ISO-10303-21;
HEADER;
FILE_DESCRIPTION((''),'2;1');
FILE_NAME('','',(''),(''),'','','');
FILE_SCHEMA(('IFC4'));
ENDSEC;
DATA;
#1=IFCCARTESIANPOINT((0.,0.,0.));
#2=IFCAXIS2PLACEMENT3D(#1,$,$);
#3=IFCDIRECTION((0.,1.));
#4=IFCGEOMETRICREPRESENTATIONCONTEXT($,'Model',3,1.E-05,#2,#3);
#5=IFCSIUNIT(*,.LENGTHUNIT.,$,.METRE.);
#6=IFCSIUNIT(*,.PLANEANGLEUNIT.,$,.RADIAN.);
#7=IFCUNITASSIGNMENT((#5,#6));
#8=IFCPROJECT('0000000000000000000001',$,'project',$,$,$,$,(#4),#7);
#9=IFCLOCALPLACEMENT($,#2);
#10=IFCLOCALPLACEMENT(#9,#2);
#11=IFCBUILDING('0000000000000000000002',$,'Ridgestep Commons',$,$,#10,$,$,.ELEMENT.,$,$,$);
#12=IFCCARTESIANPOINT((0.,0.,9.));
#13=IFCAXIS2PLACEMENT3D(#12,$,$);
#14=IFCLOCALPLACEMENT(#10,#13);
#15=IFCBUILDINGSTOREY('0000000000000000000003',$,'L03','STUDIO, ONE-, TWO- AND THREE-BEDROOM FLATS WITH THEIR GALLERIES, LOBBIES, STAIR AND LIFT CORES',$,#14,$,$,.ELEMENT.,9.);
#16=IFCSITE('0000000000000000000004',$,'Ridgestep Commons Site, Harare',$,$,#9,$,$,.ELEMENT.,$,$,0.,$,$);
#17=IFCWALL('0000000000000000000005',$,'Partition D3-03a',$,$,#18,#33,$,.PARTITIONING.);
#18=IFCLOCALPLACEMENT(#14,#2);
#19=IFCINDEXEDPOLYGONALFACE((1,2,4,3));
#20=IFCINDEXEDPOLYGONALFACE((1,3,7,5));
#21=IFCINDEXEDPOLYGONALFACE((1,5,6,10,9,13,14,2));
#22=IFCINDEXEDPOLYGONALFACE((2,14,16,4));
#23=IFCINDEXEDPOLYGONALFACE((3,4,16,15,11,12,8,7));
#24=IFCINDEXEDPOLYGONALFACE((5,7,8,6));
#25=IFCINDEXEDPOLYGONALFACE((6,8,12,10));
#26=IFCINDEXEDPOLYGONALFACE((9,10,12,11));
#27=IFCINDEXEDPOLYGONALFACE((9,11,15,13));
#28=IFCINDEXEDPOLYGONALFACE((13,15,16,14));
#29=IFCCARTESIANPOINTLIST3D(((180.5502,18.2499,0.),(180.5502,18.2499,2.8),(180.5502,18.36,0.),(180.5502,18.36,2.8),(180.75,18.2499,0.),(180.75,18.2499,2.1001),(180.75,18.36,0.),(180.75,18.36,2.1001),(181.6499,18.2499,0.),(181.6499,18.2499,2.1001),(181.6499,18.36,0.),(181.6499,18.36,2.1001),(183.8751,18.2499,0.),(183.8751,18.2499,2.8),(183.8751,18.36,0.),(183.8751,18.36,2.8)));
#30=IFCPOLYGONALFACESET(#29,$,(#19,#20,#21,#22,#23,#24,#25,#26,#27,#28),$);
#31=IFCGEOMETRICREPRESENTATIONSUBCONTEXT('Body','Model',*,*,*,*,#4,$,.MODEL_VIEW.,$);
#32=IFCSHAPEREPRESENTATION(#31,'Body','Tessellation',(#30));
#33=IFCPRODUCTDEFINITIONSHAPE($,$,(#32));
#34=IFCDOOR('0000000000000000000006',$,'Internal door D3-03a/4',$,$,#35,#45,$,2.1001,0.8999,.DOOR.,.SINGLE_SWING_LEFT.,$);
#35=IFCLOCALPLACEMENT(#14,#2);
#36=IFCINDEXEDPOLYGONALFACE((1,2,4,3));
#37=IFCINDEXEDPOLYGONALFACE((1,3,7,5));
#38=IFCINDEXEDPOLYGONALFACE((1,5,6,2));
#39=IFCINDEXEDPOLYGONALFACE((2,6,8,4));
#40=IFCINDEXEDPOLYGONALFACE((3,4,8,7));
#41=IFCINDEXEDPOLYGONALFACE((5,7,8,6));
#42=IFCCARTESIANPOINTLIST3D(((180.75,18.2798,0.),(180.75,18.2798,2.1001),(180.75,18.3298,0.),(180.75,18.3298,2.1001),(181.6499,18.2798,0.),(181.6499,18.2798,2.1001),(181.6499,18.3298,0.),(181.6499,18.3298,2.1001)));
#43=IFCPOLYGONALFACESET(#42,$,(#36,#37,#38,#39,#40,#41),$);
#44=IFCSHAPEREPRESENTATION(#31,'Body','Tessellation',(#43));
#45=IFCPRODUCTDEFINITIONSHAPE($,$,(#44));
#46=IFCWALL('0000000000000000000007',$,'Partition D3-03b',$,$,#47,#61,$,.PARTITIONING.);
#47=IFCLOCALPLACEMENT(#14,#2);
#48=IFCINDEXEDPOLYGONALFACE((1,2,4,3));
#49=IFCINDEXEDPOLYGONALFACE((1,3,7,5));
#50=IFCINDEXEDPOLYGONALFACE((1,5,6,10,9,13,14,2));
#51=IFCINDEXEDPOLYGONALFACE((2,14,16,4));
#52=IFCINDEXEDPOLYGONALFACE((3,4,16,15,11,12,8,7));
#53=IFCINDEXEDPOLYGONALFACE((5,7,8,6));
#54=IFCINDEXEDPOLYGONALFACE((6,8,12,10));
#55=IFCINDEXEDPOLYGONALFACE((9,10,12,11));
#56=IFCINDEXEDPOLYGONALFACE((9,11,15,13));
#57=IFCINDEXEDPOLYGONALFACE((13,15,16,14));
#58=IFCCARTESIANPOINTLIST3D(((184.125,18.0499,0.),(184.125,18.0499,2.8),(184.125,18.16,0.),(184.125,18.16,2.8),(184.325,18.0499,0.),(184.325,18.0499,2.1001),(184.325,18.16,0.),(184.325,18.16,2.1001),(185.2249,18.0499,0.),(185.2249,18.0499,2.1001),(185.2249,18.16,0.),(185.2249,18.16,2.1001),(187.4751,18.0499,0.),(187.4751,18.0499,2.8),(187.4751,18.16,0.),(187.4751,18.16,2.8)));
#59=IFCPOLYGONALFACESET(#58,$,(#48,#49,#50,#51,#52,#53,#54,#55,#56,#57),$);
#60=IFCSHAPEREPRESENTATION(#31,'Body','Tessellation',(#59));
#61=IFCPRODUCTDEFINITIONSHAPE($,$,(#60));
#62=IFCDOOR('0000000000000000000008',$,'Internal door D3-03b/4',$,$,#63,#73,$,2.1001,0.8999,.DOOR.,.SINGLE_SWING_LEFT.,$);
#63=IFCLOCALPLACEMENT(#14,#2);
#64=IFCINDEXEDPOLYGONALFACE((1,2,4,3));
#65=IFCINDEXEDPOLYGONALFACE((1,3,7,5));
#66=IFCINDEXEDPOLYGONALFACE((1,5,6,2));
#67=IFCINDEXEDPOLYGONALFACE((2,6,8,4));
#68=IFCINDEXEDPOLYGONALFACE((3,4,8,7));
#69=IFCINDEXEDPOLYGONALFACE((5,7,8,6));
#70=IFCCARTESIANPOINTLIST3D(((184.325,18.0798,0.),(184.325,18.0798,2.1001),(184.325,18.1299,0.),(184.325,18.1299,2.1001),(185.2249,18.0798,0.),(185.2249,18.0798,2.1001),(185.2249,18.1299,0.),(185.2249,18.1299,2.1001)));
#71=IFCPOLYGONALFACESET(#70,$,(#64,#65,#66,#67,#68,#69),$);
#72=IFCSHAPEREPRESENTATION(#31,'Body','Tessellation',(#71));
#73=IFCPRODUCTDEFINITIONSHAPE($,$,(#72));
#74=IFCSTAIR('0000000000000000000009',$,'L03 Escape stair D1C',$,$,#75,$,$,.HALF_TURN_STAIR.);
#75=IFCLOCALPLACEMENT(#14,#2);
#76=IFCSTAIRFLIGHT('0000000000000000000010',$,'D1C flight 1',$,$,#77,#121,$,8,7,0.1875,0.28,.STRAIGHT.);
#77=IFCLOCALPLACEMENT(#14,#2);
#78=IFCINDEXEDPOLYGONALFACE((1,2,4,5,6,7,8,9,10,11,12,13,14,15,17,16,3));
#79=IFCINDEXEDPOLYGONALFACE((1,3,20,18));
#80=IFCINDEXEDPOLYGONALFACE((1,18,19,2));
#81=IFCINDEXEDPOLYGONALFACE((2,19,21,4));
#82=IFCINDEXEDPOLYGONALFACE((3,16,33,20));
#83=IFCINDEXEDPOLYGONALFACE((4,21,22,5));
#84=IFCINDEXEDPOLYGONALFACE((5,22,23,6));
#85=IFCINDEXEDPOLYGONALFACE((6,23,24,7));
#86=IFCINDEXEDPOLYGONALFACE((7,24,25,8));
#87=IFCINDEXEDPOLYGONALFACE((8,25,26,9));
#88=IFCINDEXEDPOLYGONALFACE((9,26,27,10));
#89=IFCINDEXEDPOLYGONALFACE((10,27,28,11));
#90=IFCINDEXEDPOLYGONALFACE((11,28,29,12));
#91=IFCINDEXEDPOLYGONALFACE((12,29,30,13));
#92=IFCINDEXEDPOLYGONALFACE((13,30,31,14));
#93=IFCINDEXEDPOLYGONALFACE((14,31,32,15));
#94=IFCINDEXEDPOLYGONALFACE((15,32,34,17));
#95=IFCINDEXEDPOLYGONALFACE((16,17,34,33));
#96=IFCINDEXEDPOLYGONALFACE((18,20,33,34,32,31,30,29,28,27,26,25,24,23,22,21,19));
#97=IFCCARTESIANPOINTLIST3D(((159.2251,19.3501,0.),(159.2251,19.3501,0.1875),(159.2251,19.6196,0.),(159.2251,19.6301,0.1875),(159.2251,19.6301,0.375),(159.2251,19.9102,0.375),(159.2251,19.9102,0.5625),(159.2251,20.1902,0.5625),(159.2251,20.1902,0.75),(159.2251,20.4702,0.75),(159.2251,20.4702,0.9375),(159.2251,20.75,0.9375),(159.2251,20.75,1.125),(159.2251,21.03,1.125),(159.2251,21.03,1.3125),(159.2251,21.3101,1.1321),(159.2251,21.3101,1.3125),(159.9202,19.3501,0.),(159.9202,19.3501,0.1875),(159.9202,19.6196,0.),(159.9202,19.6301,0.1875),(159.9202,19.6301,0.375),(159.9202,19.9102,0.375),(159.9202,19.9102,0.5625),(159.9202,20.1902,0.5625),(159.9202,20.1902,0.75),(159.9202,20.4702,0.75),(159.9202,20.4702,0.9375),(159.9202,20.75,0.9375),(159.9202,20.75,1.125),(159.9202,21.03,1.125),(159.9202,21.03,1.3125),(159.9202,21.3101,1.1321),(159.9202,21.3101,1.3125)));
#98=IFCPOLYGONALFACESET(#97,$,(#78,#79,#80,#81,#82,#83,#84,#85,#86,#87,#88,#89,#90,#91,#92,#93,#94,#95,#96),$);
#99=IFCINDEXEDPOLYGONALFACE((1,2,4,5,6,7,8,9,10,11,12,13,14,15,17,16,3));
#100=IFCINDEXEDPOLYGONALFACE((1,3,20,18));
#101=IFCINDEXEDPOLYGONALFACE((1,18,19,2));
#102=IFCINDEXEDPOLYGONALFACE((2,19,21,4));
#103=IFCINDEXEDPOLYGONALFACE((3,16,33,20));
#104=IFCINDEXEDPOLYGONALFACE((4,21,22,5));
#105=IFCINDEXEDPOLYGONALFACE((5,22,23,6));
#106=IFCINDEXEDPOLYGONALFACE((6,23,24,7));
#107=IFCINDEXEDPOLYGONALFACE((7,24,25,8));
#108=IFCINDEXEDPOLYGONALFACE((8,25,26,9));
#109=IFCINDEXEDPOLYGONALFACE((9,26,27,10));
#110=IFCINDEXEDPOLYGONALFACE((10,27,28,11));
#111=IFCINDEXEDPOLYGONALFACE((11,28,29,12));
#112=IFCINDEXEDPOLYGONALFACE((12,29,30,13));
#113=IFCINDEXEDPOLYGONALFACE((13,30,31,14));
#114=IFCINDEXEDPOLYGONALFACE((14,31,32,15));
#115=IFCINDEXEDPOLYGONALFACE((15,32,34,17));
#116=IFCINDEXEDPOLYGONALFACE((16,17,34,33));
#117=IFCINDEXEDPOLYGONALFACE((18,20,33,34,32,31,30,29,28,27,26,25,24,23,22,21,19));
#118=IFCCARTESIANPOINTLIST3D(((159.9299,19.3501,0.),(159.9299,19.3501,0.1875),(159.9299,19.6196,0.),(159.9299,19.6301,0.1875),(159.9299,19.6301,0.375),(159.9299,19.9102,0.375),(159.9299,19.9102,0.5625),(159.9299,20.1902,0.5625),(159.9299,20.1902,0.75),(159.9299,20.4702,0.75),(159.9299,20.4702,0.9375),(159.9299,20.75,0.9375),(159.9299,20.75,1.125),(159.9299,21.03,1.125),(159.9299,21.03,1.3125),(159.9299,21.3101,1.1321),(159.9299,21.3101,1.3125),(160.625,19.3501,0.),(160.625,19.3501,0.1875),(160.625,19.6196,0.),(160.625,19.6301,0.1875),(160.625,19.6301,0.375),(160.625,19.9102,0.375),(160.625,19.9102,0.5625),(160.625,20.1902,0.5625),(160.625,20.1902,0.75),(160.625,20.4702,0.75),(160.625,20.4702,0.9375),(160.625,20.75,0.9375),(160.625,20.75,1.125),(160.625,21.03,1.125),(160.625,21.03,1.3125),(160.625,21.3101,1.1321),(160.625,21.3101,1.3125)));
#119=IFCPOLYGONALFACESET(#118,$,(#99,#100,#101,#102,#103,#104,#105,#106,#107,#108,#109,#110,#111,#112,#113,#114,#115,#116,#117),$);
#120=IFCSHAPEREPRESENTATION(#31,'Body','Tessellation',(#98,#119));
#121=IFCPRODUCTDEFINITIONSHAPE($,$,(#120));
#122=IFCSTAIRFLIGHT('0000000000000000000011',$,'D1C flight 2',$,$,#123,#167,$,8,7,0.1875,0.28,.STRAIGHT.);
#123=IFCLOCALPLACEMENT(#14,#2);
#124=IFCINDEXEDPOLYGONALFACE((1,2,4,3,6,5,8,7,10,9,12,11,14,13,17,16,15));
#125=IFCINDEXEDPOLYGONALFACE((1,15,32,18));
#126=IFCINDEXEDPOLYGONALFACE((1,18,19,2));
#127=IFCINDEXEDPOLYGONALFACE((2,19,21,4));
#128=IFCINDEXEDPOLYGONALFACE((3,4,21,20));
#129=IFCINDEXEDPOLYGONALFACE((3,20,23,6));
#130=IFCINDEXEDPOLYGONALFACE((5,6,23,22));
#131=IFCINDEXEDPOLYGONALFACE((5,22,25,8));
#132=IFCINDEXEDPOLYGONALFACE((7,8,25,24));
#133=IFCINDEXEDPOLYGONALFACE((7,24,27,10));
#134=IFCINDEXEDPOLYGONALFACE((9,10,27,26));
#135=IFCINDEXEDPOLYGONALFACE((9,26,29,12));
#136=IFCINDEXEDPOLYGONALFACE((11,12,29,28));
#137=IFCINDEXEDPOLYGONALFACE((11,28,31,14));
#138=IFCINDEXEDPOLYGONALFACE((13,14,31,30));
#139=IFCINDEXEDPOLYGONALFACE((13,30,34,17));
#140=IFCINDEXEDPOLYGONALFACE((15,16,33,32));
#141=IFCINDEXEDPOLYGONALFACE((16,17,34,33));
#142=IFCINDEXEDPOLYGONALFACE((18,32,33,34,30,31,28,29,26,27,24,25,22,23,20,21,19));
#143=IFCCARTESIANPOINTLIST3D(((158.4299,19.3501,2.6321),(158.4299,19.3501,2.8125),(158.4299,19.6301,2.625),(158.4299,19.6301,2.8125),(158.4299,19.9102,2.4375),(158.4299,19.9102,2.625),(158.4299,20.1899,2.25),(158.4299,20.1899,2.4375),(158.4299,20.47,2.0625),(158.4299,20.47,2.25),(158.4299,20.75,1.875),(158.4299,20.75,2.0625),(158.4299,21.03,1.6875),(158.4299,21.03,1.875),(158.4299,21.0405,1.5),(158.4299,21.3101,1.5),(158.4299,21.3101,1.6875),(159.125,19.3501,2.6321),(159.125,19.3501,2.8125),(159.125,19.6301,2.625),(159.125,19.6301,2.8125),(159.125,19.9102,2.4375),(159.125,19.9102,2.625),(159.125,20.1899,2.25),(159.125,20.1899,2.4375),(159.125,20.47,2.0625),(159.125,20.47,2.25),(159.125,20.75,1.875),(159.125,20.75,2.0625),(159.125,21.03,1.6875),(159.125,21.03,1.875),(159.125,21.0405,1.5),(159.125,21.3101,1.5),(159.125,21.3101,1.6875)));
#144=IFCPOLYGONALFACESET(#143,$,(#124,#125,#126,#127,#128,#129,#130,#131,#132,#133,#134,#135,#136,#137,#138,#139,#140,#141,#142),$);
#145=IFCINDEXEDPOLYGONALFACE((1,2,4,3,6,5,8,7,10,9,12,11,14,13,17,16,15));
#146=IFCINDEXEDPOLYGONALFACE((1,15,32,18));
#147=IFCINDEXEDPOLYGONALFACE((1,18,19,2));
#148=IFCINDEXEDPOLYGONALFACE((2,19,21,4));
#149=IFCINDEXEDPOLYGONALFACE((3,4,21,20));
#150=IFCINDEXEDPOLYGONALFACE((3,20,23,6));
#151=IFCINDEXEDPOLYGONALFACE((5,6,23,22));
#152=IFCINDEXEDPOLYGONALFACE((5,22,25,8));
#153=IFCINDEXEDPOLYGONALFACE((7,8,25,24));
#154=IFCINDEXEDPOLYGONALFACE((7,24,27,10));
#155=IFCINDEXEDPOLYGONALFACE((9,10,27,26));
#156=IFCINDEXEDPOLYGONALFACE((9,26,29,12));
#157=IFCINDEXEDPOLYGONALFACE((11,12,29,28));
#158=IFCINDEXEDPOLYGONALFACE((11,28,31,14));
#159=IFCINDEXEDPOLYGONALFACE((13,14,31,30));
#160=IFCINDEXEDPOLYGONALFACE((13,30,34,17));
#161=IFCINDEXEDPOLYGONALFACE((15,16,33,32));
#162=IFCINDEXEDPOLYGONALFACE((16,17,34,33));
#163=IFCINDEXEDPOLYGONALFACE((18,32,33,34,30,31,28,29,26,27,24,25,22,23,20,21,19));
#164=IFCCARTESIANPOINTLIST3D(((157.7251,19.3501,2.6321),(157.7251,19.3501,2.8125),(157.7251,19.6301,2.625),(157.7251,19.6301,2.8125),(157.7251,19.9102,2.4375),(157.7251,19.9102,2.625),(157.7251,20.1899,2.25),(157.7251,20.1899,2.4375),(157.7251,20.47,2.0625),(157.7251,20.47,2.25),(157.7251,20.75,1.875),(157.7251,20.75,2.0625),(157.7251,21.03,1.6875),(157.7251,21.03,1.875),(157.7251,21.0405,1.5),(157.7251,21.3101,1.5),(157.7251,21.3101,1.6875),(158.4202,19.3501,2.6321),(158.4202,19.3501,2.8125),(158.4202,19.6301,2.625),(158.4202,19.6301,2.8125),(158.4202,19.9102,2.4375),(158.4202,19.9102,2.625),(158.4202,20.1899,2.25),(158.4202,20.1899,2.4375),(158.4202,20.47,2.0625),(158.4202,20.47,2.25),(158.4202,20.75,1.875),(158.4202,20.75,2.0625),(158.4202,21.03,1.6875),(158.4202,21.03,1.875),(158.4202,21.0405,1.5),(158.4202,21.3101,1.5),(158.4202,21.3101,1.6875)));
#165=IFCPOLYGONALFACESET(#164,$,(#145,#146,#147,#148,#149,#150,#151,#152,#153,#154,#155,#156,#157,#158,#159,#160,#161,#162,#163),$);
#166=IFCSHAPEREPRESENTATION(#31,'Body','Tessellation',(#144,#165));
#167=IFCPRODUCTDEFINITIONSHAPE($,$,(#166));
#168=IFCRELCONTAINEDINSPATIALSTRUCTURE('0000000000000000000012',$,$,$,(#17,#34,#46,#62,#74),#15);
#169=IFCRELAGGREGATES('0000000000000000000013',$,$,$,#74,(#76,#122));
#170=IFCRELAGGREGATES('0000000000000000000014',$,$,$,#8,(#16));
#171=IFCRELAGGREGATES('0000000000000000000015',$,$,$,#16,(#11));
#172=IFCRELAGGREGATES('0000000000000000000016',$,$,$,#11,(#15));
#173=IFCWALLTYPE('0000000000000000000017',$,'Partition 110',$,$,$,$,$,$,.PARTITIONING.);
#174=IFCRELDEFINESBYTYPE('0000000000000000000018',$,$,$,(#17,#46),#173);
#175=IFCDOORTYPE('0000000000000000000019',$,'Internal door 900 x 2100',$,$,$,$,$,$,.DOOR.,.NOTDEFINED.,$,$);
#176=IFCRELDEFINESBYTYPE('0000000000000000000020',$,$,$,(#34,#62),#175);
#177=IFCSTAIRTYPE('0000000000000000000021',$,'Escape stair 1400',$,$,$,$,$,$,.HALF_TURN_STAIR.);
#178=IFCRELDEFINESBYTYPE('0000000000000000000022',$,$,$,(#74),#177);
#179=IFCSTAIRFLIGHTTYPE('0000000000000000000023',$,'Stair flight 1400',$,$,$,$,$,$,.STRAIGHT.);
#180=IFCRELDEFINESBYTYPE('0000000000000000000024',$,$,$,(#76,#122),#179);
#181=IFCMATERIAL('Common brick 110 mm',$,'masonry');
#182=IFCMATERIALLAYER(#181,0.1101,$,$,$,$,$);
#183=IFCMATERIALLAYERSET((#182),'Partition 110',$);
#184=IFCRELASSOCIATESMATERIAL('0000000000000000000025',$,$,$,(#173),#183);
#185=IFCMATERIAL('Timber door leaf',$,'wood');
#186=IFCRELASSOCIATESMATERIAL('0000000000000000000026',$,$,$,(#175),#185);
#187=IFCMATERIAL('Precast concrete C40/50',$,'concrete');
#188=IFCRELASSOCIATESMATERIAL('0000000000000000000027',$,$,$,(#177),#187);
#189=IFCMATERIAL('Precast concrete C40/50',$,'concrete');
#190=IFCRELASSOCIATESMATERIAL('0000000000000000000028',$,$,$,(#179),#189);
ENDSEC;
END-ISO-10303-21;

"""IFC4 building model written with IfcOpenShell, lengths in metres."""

from ifc_helpers import new_model, si_unit, direction, frame, frame_2d, origin, place, context, subcontext, project, spatial, polyline, rectangle, outline, extrude, material, layer, layer_set, type_object, element, fill, aggregate, save


model = new_model("IFC4")

# Units and contexts
model_context = context("Model", 3, precision=1e-05, world=origin(), true_north=direction((0.0, 1.0)))
body_context = subcontext(model_context, "Body", "Model", "MODEL_VIEW")
ifc_project = project(units=[si_unit("LENGTHUNIT", "METRE"), si_unit("PLANEANGLEUNIT", "RADIAN")], contexts=[model_context])

# Site, building, storey
site_placement = place(None, origin())
site = spatial("IfcSite", under=ifc_project, at=site_placement, Name="Ridgestep Commons Site, Harare", CompositionType="ELEMENT", RefElevation=0.0)
building_placement = place(site_placement, origin())
building = spatial("IfcBuilding", under=site, at=building_placement, Name="Ridgestep Commons", CompositionType="ELEMENT")
storey_placement = place(building_placement, frame((0.0, 0.0, 9.0)))
storey = spatial("IfcBuildingStorey", under=building, at=storey_placement, Name="L03", Description="STUDIO, ONE-, TWO- AND THREE-BEDROOM FLATS WITH THEIR GALLERIES, LOBBIES, STAIR AND LIFT CORES", CompositionType="ELEMENT", Elevation=9.0)

# Shared definitions
ifc_material_1 = material(Name="Common brick 110 mm", Category="masonry")
ifc_layer_1 = layer(ifc_material_1, 0.1101)
ifc_layer_set_1 = layer_set([ifc_layer_1], Name="Partition 110")
wall_type_1 = type_object("IfcWallType", Name="Partition 110", PredefinedType="PARTITIONING", material=ifc_layer_set_1)
ifc_material_2 = material(Name="Timber door leaf", Category="wood")
door_type = type_object("IfcDoorType", Name="Internal door 900 x 2100", OperationType="NOTDEFINED", PredefinedType="DOOR", material=ifc_material_2)

# Walls, openings, doors
wall_1_placement = place(storey_placement, frame((180.55, 18.3049, 0.0), z_axis=(0.0, 0.0, 1.0), x_axis=(1.0, 0.0, 0.0)))
wall_1 = element("IfcWall", 1, at=wall_1_placement, inside=storey, type_object=wall_type_1, Name="Partition D3-03a", PredefinedType="PARTITIONING", context=body_context, shape_type="SweptSolid", body=[
    extrude(rectangle(XDim=3.325, YDim=0.1101, at=frame_2d((1.6626, 0.0))), origin(), (0.0, 0.0, 1.0), 2.8),
])
opening_1_placement = place(wall_1_placement, frame((0.2, 0.0, 0.0)))
opening_1 = element("IfcOpeningElement", 2, at=opening_1_placement, cuts=wall_1, PredefinedType="OPENING", context=body_context, shape_type="SweptSolid", body=[
    extrude(rectangle(XDim=0.8999, YDim=2.1001, at=frame_2d((0.45, 1.05))), frame((0.0, 0.0649, 0.0), z_axis=(0.0, -1.0, 0.0), x_axis=(1.0, 0.0, 0.0)), (0.0, 0.0, 1.0), 0.1301),
])
door_1_placement = place(opening_1_placement, origin())
door_1 = element("IfcDoor", 3, at=door_1_placement, inside=storey, type_object=door_type, Name="Internal door D3-03a/4", OperationType="SINGLE_SWING_LEFT", OverallHeight=2.1001, OverallWidth=0.8999, PredefinedType="DOOR", context=body_context, shape_type="SweptSolid", body=[
    extrude(rectangle(XDim=0.8999, YDim=2.1001, at=frame_2d((0.45, 1.05))), frame((0.0, 0.0249, 0.0), z_axis=(0.0, -1.0, 0.0), x_axis=(1.0, 0.0, 0.0)), (0.0, 0.0, 1.0), 0.05),
])
fill(opening_1, door_1)
wall_2_placement = place(storey_placement, frame((184.125, 18.105, 0.0), z_axis=(0.0, 0.0, 1.0), x_axis=(1.0, 0.0, 0.0)))
wall_2 = element("IfcWall", 4, at=wall_2_placement, inside=storey, type_object=wall_type_1, Name="Partition D3-03b", PredefinedType="PARTITIONING", context=body_context, shape_type="SweptSolid", body=[
    extrude(rectangle(XDim=3.3501, YDim=0.1101, at=frame_2d((1.675, 0.0))), origin(), (0.0, 0.0, 1.0), 2.8),
])
opening_2_placement = place(wall_2_placement, frame((0.2, 0.0, 0.0)))
opening_2 = element("IfcOpeningElement", 5, at=opening_2_placement, cuts=wall_2, PredefinedType="OPENING", context=body_context, shape_type="SweptSolid", body=[
    extrude(rectangle(XDim=0.8999, YDim=2.1001, at=frame_2d((0.45, 1.05))), frame((0.0, 0.0649, 0.0), z_axis=(0.0, -1.0, 0.0), x_axis=(1.0, 0.0, 0.0)), (0.0, 0.0, 1.0), 0.1301),
])
door_2_placement = place(opening_2_placement, origin())
door_2 = element("IfcDoor", 6, at=door_2_placement, inside=storey, type_object=door_type, Name="Internal door D3-03b/4", OperationType="SINGLE_SWING_LEFT", OverallHeight=2.1001, OverallWidth=0.8999, PredefinedType="DOOR", context=body_context, shape_type="SweptSolid", body=[
    extrude(rectangle(XDim=0.8999, YDim=2.1001, at=frame_2d((0.45, 1.05))), frame((0.0, 0.0249, 0.0), z_axis=(0.0, -1.0, 0.0), x_axis=(1.0, 0.0, 0.0)), (0.0, 0.0, 1.0), 0.05),
])
fill(opening_2, door_2)

# Stair, stair flights
ifc_material_3 = material(Name="Precast concrete C40/50", Category="concrete")
stair_type = type_object("IfcStairType", Name="Escape stair 1400", PredefinedType="HALF_TURN_STAIR", material=ifc_material_3)
stair_1_placement = place(storey_placement, origin())
stair_1 = element("IfcStair", 7, at=stair_1_placement, inside=storey, type_object=stair_type, Name="L03 Escape stair D1C", PredefinedType="HALF_TURN_STAIR")
ifc_material_4 = material(Name="Precast concrete C40/50", Category="concrete")
stair_flight_type = type_object("IfcStairFlightType", Name="Stair flight 1400", PredefinedType="STRAIGHT", material=ifc_material_4)
stair_flight_1_placement = place(storey_placement, frame((159.925, 19.3501, 0.0), z_axis=(0.0, 0.0, 1.0), x_axis=(0.0, 1.0, 0.0)))
stair_flight_1 = element("IfcStairFlight", 8, at=stair_flight_1_placement, type_object=stair_flight_type, Name="D1C flight 1", NumberOfRisers=8, NumberOfTreads=7, PredefinedType="STRAIGHT", RiserHeight=0.1875, TreadLength=0.28, context=body_context, shape_type="SweptSolid", body=[
    extrude(outline(polyline([(0.0, 0.0), (0.0, 0.1875), (0.28, 0.1875), (0.28, 0.375), (0.5601, 0.375), (0.5601, 0.5625), (0.8401, 0.5625), (0.8401, 0.75), (1.1201, 0.75), (1.1201, 0.9375), (1.3999, 0.9375), (1.3999, 1.125), (1.6799, 1.125), (1.6799, 1.3125), (1.96, 1.3125), (1.96, 1.5), (1.96, 1.1321), (0.2695, 0.0), (0.0, 0.0)])), frame((0.0, 0.7, 0.0), z_axis=(0.0, -1.0, 0.0), x_axis=(1.0, 0.0, 0.0)), (0.0, 0.0, 1.0), 0.6951),
    extrude(outline(polyline([(0.0, 0.0), (0.0, 0.1875), (0.28, 0.1875), (0.28, 0.375), (0.5601, 0.375), (0.5601, 0.5625), (0.8401, 0.5625), (0.8401, 0.75), (1.1201, 0.75), (1.1201, 0.9375), (1.3999, 0.9375), (1.3999, 1.125), (1.6799, 1.125), (1.6799, 1.3125), (1.96, 1.3125), (1.96, 1.5), (1.96, 1.1321), (0.2695, 0.0), (0.0, 0.0)])), frame((0.0, -0.0049, 0.0), z_axis=(0.0, -1.0, 0.0), x_axis=(1.0, 0.0, 0.0)), (0.0, 0.0, 1.0), 0.6951),
])
stair_flight_2_placement = place(storey_placement, frame((158.425, 21.3101, 1.5), z_axis=(0.0, 0.0, 1.0), x_axis=(0.0, -1.0, 0.0)))
stair_flight_2 = element("IfcStairFlight", 9, at=stair_flight_2_placement, type_object=stair_flight_type, Name="D1C flight 2", NumberOfRisers=8, NumberOfTreads=7, PredefinedType="STRAIGHT", RiserHeight=0.1875, TreadLength=0.28, context=body_context, shape_type="SweptSolid", body=[
    extrude(outline(polyline([(0.0, 0.0), (0.0, 0.1875), (0.28, 0.1875), (0.28, 0.375), (0.5601, 0.375), (0.5601, 0.5625), (0.8401, 0.5625), (0.8401, 0.75), (1.1201, 0.75), (1.1201, 0.9375), (1.3999, 0.9375), (1.3999, 1.125), (1.6799, 1.125), (1.6799, 1.3125), (1.96, 1.3125), (1.96, 1.5), (1.96, 1.1321), (0.2695, 0.0), (0.0, 0.0)])), frame((0.0, 0.7, 0.0), z_axis=(0.0, -1.0, 0.0), x_axis=(1.0, 0.0, 0.0)), (0.0, 0.0, 1.0), 0.6951),
    extrude(outline(polyline([(0.0, 0.0), (0.0, 0.1875), (0.28, 0.1875), (0.28, 0.375), (0.5601, 0.375), (0.5601, 0.5625), (0.8401, 0.5625), (0.8401, 0.75), (1.1201, 0.75), (1.1201, 0.9375), (1.3999, 0.9375), (1.3999, 1.125), (1.6799, 1.125), (1.6799, 1.3125), (1.96, 1.3125), (1.96, 1.5), (1.96, 1.1321), (0.2695, 0.0), (0.0, 0.0)])), frame((0.0, -0.0049, 0.0), z_axis=(0.0, -1.0, 0.0), x_axis=(1.0, 0.0, 0.0)), (0.0, 0.0, 1.0), 0.6951),
])
aggregate(stair_1, [stair_flight_1, stair_flight_2])

save(model, "model.ifc")
